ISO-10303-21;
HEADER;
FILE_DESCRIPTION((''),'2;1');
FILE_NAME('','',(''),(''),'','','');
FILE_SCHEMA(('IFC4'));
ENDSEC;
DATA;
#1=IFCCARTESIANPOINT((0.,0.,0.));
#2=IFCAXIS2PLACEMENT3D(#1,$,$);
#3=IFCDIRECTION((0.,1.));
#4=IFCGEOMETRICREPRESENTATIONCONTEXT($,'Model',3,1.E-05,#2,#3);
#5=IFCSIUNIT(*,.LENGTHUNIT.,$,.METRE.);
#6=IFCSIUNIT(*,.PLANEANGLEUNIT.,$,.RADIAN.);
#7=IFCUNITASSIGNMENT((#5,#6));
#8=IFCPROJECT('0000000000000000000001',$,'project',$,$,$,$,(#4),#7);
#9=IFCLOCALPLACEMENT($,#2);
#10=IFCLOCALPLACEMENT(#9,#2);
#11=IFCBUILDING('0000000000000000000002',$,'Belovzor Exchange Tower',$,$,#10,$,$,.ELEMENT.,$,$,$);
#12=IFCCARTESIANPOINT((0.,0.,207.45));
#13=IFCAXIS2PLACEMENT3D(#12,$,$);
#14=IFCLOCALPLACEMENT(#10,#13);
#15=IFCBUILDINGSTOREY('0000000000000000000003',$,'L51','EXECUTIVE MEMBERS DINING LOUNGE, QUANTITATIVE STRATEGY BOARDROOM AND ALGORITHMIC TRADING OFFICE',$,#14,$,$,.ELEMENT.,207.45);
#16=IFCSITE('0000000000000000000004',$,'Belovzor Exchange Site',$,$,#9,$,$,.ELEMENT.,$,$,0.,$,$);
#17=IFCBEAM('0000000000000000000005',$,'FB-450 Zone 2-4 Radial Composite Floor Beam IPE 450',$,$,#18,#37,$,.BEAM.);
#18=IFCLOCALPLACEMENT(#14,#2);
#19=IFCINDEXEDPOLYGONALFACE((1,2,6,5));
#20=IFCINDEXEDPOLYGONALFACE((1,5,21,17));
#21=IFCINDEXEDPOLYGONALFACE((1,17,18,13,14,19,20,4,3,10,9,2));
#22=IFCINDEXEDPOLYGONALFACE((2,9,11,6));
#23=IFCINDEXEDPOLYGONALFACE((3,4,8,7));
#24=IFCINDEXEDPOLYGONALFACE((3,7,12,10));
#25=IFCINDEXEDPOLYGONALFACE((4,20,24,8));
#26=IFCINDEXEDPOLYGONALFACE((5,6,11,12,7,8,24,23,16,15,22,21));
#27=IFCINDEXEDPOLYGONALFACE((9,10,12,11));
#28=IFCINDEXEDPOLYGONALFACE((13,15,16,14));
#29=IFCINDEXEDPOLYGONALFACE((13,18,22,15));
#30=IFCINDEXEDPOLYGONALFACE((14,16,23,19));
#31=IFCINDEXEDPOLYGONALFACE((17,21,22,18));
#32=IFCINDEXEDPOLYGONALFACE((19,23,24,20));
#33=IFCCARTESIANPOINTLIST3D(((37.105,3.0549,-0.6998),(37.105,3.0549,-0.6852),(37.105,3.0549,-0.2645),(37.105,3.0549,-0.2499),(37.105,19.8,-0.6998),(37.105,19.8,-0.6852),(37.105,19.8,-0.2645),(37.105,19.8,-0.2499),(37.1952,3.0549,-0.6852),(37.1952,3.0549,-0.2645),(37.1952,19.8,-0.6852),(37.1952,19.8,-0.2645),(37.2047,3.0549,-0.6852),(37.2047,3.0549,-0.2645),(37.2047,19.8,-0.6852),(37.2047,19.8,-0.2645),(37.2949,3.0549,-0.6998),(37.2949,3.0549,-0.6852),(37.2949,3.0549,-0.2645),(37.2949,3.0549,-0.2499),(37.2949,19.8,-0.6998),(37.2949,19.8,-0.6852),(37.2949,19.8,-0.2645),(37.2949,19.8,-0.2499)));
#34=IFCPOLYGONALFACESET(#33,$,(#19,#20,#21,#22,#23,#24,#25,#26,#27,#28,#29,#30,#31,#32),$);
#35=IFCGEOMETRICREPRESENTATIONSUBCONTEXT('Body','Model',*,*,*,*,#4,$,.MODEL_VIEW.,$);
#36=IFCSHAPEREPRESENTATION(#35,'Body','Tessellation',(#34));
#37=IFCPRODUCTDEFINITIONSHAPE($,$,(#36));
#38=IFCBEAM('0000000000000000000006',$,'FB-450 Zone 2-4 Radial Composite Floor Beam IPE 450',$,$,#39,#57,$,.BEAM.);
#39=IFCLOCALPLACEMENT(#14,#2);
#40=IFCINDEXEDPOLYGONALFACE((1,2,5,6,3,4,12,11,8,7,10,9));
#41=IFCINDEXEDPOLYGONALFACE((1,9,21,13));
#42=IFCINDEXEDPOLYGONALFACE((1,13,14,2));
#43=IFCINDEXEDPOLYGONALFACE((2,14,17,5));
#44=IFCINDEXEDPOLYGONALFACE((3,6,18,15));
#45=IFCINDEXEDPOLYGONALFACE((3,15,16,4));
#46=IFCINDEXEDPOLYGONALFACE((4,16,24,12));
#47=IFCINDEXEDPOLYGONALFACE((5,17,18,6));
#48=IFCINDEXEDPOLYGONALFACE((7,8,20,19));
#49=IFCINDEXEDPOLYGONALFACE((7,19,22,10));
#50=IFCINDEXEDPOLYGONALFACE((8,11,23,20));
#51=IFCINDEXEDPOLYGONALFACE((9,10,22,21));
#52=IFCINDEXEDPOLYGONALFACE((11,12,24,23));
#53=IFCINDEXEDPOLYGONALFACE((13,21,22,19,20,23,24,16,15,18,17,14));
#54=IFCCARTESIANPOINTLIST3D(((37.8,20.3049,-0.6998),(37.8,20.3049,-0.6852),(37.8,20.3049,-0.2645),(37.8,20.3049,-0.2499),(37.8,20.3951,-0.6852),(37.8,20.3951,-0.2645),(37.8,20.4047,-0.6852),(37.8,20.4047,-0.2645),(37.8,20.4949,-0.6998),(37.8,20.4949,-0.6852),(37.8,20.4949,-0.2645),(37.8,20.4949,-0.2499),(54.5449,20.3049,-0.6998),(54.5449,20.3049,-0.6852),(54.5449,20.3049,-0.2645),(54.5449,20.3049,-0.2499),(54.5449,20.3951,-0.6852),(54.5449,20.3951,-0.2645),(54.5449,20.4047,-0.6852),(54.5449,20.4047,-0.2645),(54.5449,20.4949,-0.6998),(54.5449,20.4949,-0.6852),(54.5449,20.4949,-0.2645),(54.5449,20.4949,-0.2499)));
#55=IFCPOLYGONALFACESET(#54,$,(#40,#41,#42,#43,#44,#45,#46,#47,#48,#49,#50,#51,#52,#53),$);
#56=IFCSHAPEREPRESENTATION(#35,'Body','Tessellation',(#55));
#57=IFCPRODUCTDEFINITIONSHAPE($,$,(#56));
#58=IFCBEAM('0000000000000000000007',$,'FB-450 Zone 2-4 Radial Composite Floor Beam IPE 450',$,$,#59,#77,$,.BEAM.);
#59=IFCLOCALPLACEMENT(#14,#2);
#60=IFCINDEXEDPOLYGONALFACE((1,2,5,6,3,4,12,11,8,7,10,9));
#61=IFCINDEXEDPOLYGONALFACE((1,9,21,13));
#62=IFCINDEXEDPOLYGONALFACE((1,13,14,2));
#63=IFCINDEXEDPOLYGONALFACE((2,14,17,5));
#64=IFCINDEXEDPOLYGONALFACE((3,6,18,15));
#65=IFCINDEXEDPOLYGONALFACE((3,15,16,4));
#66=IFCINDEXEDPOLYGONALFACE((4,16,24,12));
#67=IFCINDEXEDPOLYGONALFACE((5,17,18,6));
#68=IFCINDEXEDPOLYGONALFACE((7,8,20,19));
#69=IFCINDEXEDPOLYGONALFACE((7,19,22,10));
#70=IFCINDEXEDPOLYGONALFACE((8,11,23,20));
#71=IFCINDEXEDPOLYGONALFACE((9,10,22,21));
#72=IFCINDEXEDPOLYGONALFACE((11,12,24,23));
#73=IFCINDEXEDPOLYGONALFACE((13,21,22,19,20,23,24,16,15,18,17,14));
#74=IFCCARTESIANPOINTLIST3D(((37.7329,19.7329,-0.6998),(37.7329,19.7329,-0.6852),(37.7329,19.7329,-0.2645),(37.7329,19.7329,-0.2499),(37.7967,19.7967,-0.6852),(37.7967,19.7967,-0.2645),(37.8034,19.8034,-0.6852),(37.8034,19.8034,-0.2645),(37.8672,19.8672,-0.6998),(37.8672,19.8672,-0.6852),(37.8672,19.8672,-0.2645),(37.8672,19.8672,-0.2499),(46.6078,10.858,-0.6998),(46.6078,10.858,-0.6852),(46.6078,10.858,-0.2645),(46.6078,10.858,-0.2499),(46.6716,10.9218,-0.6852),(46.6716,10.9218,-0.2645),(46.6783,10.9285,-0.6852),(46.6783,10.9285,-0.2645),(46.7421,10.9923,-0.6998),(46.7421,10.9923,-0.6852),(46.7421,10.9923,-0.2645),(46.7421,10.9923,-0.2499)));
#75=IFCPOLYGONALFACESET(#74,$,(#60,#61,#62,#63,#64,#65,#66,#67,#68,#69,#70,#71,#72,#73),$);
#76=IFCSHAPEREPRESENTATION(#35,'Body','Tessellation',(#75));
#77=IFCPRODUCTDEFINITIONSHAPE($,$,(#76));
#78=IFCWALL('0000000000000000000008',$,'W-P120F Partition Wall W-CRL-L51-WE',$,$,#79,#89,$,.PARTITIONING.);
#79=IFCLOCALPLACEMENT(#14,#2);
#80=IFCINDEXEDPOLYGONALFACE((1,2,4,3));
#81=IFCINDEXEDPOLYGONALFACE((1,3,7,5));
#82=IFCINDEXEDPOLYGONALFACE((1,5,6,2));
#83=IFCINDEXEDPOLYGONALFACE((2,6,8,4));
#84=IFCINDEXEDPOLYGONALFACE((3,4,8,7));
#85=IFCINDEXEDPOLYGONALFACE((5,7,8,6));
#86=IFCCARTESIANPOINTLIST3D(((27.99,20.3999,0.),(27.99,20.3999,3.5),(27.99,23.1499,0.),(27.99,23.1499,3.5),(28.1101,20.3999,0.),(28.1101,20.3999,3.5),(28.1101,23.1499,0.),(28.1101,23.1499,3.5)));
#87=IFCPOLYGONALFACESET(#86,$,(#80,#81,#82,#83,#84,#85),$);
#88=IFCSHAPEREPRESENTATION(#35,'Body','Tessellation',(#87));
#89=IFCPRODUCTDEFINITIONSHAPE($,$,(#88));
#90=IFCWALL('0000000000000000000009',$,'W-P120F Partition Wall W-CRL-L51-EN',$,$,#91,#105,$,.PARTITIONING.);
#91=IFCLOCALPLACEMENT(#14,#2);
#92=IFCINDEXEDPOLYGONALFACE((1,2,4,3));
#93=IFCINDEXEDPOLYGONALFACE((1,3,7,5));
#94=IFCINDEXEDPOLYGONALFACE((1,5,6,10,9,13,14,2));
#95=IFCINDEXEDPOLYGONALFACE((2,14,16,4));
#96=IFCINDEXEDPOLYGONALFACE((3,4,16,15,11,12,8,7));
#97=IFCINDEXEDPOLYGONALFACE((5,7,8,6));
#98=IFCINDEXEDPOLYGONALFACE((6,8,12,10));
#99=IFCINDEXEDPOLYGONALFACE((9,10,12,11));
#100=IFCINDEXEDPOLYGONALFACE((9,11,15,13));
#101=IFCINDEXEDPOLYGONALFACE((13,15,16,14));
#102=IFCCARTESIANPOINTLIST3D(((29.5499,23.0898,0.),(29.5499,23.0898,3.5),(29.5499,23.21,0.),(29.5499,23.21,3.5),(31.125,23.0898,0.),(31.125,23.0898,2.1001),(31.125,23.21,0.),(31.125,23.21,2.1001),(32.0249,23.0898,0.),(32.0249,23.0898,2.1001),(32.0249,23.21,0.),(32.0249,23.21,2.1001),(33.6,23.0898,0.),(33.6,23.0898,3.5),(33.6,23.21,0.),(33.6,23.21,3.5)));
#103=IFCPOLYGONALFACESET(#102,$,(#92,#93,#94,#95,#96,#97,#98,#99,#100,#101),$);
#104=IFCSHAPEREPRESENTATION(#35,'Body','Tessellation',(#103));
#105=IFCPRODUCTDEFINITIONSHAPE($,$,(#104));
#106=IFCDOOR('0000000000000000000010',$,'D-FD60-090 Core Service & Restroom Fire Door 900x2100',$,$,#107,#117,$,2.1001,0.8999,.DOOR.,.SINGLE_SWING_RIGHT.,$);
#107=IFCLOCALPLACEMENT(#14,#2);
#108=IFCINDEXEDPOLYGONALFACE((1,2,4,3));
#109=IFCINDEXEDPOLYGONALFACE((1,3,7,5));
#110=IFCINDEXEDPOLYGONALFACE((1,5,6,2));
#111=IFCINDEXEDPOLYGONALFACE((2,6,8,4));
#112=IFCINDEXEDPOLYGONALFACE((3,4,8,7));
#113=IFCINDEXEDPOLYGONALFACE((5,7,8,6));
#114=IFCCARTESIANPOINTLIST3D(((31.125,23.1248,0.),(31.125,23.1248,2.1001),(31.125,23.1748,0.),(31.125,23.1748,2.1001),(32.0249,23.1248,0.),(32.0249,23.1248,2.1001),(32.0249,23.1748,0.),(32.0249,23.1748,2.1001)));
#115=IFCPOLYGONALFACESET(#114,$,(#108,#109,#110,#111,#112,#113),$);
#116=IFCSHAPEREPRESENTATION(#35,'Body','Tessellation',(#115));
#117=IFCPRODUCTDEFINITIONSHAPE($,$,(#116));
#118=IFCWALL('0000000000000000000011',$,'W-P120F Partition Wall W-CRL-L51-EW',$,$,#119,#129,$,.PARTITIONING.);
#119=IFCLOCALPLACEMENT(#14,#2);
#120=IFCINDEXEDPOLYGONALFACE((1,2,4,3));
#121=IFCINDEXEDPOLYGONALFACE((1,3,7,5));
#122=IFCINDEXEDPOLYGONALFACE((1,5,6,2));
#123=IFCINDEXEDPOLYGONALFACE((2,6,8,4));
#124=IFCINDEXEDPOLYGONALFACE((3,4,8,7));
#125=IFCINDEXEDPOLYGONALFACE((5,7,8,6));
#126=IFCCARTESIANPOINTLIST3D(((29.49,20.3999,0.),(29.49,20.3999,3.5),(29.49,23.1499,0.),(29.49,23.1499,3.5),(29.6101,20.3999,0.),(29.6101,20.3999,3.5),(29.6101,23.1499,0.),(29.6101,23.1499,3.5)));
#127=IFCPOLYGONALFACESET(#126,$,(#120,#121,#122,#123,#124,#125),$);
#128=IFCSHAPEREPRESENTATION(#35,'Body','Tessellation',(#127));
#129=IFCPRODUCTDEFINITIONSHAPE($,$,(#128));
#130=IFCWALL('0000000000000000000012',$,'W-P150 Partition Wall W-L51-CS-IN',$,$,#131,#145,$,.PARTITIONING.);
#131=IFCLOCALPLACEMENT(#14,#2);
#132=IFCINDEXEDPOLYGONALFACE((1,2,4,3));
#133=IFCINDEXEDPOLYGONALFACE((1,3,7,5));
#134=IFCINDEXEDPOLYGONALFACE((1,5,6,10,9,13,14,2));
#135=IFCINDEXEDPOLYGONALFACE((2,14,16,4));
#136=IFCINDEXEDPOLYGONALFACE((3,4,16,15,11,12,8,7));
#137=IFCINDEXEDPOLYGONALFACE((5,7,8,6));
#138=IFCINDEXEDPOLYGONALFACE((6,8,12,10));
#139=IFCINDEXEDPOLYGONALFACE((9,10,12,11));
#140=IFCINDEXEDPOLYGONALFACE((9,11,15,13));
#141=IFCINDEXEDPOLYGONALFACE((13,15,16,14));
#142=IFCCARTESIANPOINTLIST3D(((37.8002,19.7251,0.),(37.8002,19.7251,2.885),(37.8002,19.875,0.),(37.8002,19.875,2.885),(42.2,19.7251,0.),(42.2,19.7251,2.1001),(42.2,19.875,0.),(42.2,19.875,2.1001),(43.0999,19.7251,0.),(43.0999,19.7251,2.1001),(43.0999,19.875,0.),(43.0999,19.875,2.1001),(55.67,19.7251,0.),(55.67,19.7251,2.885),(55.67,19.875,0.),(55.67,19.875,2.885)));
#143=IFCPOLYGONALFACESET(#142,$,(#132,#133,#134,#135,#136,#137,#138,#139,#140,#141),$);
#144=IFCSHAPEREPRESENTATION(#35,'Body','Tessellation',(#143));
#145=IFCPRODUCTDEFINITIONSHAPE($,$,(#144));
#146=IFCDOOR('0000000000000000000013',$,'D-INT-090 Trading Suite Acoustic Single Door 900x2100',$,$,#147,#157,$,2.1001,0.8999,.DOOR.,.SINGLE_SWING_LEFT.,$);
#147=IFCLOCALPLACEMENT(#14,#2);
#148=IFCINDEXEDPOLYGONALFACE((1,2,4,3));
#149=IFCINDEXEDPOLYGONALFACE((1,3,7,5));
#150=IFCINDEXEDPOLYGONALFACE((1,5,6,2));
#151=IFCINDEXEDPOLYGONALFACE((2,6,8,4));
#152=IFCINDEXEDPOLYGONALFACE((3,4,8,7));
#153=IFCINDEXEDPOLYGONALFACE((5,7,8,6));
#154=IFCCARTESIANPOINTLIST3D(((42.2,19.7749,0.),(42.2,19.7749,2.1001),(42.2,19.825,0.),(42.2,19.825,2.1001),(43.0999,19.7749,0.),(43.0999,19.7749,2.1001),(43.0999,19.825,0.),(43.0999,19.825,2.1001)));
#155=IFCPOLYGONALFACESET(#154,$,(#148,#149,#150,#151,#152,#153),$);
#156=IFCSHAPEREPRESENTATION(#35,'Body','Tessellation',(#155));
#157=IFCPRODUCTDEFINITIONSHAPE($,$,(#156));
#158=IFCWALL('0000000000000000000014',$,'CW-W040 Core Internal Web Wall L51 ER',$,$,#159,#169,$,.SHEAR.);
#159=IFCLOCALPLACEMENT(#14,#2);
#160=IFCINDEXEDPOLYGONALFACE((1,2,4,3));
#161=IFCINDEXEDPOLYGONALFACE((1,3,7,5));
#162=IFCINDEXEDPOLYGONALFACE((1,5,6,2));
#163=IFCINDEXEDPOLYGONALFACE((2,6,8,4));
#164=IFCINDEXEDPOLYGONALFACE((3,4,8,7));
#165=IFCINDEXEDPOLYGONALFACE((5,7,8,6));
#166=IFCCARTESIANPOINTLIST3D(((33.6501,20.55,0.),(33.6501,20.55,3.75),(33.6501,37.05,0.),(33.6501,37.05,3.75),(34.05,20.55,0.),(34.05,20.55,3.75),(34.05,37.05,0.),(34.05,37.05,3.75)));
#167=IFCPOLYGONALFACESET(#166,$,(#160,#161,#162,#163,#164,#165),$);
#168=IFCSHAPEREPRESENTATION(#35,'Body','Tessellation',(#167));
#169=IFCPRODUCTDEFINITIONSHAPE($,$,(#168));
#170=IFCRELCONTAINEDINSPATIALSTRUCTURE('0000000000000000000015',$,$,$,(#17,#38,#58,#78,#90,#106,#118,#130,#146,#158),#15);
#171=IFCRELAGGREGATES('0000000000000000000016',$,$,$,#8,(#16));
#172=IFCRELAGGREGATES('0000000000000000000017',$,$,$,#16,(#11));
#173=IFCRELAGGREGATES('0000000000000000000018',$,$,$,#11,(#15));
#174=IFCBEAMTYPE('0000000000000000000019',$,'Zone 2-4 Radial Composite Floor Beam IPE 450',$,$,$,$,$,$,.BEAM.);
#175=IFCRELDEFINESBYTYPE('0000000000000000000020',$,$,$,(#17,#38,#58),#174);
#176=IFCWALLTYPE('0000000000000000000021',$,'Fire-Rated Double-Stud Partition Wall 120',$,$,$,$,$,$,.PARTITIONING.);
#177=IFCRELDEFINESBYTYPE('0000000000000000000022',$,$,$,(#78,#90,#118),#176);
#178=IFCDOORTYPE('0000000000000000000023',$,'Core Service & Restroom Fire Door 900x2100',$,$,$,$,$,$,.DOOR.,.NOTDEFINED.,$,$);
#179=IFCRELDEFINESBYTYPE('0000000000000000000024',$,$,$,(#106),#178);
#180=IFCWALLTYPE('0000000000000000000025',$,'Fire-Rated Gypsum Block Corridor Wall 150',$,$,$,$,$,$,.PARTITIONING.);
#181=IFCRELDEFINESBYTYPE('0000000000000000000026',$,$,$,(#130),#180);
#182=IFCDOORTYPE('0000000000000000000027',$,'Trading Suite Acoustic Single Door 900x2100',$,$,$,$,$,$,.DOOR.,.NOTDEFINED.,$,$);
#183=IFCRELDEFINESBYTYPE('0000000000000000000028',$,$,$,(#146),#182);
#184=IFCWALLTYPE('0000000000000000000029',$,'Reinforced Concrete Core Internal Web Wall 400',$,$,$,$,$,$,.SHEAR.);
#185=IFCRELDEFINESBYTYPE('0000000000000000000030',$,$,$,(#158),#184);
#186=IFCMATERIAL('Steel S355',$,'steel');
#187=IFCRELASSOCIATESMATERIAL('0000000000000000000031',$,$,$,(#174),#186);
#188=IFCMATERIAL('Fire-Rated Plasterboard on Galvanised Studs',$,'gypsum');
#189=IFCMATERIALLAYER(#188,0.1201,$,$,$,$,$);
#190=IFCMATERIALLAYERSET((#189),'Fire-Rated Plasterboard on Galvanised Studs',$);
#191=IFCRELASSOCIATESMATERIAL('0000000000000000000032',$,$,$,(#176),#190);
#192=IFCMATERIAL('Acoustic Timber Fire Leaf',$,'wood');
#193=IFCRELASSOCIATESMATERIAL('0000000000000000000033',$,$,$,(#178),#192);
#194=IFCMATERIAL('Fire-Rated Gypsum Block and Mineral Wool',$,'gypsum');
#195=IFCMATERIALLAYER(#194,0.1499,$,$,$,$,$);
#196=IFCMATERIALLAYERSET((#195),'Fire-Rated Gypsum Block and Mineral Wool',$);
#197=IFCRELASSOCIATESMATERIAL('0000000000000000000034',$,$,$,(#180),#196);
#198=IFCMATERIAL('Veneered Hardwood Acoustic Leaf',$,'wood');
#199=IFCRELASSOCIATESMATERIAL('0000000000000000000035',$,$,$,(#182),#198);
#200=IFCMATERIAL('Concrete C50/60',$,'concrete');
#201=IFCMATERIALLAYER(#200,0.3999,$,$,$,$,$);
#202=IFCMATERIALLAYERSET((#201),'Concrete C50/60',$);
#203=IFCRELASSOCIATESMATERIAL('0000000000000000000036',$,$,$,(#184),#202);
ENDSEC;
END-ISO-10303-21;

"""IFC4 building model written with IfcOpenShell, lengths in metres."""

from ifc_helpers import new_model, si_unit, direction, frame, frame_2d, origin, origin_2d, place, context, subcontext, project, spatial, rectangle, i_section, extrude, material, layer, layer_set, material_profile, profile_set, type_object, element, fill, save


model = new_model("IFC4")

# Units and contexts
model_context = context("Model", 3, precision=1e-05, world=origin(), true_north=direction((0.0, 1.0)))
body_context = subcontext(model_context, "Body", "Model", "MODEL_VIEW")
ifc_project = project(units=[si_unit("LENGTHUNIT", "METRE"), si_unit("PLANEANGLEUNIT", "RADIAN")], contexts=[model_context])

# Site, building, storey
site_placement = place(None, origin())
site = spatial("IfcSite", under=ifc_project, at=site_placement, Name="Belovzor Exchange Site", CompositionType="ELEMENT", RefElevation=0.0)
building_placement = place(site_placement, origin())
building = spatial("IfcBuilding", under=site, at=building_placement, Name="Belovzor Exchange Tower", CompositionType="ELEMENT")
storey_placement = place(building_placement, frame((0.0, 0.0, 207.45)))
storey = spatial("IfcBuildingStorey", under=building, at=storey_placement, Name="L51", Description="EXECUTIVE MEMBERS DINING LOUNGE, QUANTITATIVE STRATEGY BOARDROOM AND ALGORITHMIC TRADING OFFICE", CompositionType="ELEMENT", Elevation=207.45)

# Beams
ifc_material_1 = material(Name="Steel S355", Category="steel")
ifc_material_profile = material_profile(ifc_material_1, i_section(OverallWidth=0.1899, OverallDepth=0.45, WebThickness=0.0095, FlangeThickness=0.0146, at=origin_2d()))
ifc_profile_set = profile_set([ifc_material_profile], Name="Steel S355")
beam_type = type_object("IfcBeamType", Name="Zone 2-4 Radial Composite Floor Beam IPE 450", PredefinedType="BEAM", material=ifc_profile_set)
beam_1_placement = place(storey_placement, frame((37.2, 19.8, -0.4749), z_axis=(0.0, -1.0, 0.0), x_axis=(1.0, 0.0, 0.0)))
element("IfcBeam", 1, at=beam_1_placement, inside=storey, type_object=beam_type, Name="FB-450 Zone 2-4 Radial Composite Floor Beam IPE 450", PredefinedType="BEAM", context=body_context, shape_type="SweptSolid", body=[
    extrude(i_section(OverallWidth=0.1899, OverallDepth=0.45, WebThickness=0.0095, FlangeThickness=0.0146, at=origin_2d()), origin(), (0.0, 0.0, 1.0), 16.7451),
])
beam_2_placement = place(storey_placement, frame((37.8, 20.3999, -0.4749), z_axis=(1.0, 0.0, 0.0), x_axis=(0.0, 1.0, 0.0)))
element("IfcBeam", 2, at=beam_2_placement, inside=storey, type_object=beam_type, Name="FB-450 Zone 2-4 Radial Composite Floor Beam IPE 450", PredefinedType="BEAM", context=body_context, shape_type="SweptSolid", body=[
    extrude(i_section(OverallWidth=0.1899, OverallDepth=0.45, WebThickness=0.0095, FlangeThickness=0.0146, at=origin_2d()), origin(), (0.0, 0.0, 1.0), 16.7449),
])
beam_3_placement = place(storey_placement, frame((37.8, 19.8, -0.4749), z_axis=(0.707107, -0.707107, 0.0), x_axis=(0.707107, 0.707107, 0.0)))
element("IfcBeam", 3, at=beam_3_placement, inside=storey, type_object=beam_type, Name="FB-450 Zone 2-4 Radial Composite Floor Beam IPE 450", PredefinedType="BEAM", context=body_context, shape_type="SweptSolid", body=[
    extrude(i_section(OverallWidth=0.1899, OverallDepth=0.45, WebThickness=0.0095, FlangeThickness=0.0146, at=origin_2d()), origin(), (0.0, 0.0, 1.0), 12.551),
])

# Wall
ifc_material_2 = material(Name="Fire-Rated Plasterboard on Galvanised Studs", Category="gypsum")
ifc_layer_1 = layer(ifc_material_2, 0.1201)
ifc_layer_set_1 = layer_set([ifc_layer_1], Name="Fire-Rated Plasterboard on Galvanised Studs")
wall_type_1 = type_object("IfcWallType", Name="Fire-Rated Double-Stud Partition Wall 120", PredefinedType="PARTITIONING", material=ifc_layer_set_1)
wall_1_placement = place(storey_placement, frame((28.05, 20.3999, 0.0), z_axis=(0.0, 0.0, 1.0), x_axis=(0.0, 1.0, 0.0)))
element("IfcWall", 4, at=wall_1_placement, inside=storey, type_object=wall_type_1, Name="W-P120F Partition Wall W-CRL-L51-WE", PredefinedType="PARTITIONING", context=body_context, shape_type="SweptSolid", body=[
    extrude(rectangle(XDim=2.75, YDim=0.1201, at=frame_2d((1.375, 0.0))), origin(), (0.0, 0.0, 1.0), 3.5),
])

# Wall, opening, door
wall_2_placement = place(storey_placement, frame((29.55, 23.1499, 0.0), z_axis=(0.0, 0.0, 1.0), x_axis=(1.0, 0.0, 0.0)))
wall_2 = element("IfcWall", 5, at=wall_2_placement, inside=storey, type_object=wall_type_1, Name="W-P120F Partition Wall W-CRL-L51-EN", PredefinedType="PARTITIONING", context=body_context, shape_type="SweptSolid", body=[
    extrude(rectangle(XDim=4.05, YDim=0.1201, at=frame_2d((2.0249, 0.0))), origin(), (0.0, 0.0, 1.0), 3.5),
])
opening_1_placement = place(wall_2_placement, frame((1.575, 0.0, 0.0)))
opening_1 = element("IfcOpeningElement", 6, at=opening_1_placement, cuts=wall_2, PredefinedType="OPENING", context=body_context, shape_type="SweptSolid", body=[
    extrude(rectangle(XDim=0.8999, YDim=2.1001, at=frame_2d((0.45, 1.05))), frame((0.0, 0.0701, 0.0), z_axis=(0.0, -1.0, 0.0), x_axis=(1.0, 0.0, 0.0)), (0.0, 0.0, 1.0), 0.1401),
])
ifc_material_3 = material(Name="Acoustic Timber Fire Leaf", Category="wood")
door_type_1 = type_object("IfcDoorType", Name="Core Service & Restroom Fire Door 900x2100", OperationType="NOTDEFINED", PredefinedType="DOOR", material=ifc_material_3)
door_1_placement = place(opening_1_placement, origin())
door_1 = element("IfcDoor", 7, at=door_1_placement, inside=storey, type_object=door_type_1, Name="D-FD60-090 Core Service & Restroom Fire Door 900x2100", OperationType="SINGLE_SWING_RIGHT", OverallHeight=2.1001, OverallWidth=0.8999, PredefinedType="DOOR", context=body_context, shape_type="SweptSolid", body=[
    extrude(rectangle(XDim=0.8999, YDim=2.1001, at=frame_2d((0.45, 1.05))), frame((0.0, 0.0249, 0.0), z_axis=(0.0, -1.0, 0.0), x_axis=(1.0, 0.0, 0.0)), (0.0, 0.0, 1.0), 0.05),
])
fill(opening_1, door_1)

# Wall
wall_3_placement = place(storey_placement, frame((29.55, 20.3999, 0.0), z_axis=(0.0, 0.0, 1.0), x_axis=(0.0, 1.0, 0.0)))
element("IfcWall", 8, at=wall_3_placement, inside=storey, type_object=wall_type_1, Name="W-P120F Partition Wall W-CRL-L51-EW", PredefinedType="PARTITIONING", context=body_context, shape_type="SweptSolid", body=[
    extrude(rectangle(XDim=2.75, YDim=0.1201, at=frame_2d((1.375, 0.0))), origin(), (0.0, 0.0, 1.0), 3.5),
])

# Wall, opening, door
ifc_material_4 = material(Name="Fire-Rated Gypsum Block and Mineral Wool", Category="gypsum")
ifc_layer_2 = layer(ifc_material_4, 0.1499)
ifc_layer_set_2 = layer_set([ifc_layer_2], Name="Fire-Rated Gypsum Block and Mineral Wool")
wall_type_2 = type_object("IfcWallType", Name="Fire-Rated Gypsum Block Corridor Wall 150", PredefinedType="PARTITIONING", material=ifc_layer_set_2)
wall_4_placement = place(storey_placement, frame((37.8, 19.8, 0.0), z_axis=(0.0, 0.0, 1.0), x_axis=(1.0, 0.0, 0.0)))
wall_4 = element("IfcWall", 9, at=wall_4_placement, inside=storey, type_object=wall_type_2, Name="W-P150 Partition Wall W-L51-CS-IN", PredefinedType="PARTITIONING", context=body_context, shape_type="SweptSolid", body=[
    extrude(rectangle(XDim=17.8699, YDim=0.1499, at=frame_2d((8.9351, 0.0))), origin(), (0.0, 0.0, 1.0), 2.885),
])
opening_2_placement = place(wall_4_placement, frame((4.3999, 0.0, 0.0)))
opening_2 = element("IfcOpeningElement", 10, at=opening_2_placement, cuts=wall_4, PredefinedType="OPENING", context=body_context, shape_type="SweptSolid", body=[
    extrude(rectangle(XDim=0.8999, YDim=2.1001, at=frame_2d((0.45, 1.05))), frame((0.0, 0.085, 0.0), z_axis=(0.0, -1.0, 0.0), x_axis=(1.0, 0.0, 0.0)), (0.0, 0.0, 1.0), 0.1699),
])
ifc_material_5 = material(Name="Veneered Hardwood Acoustic Leaf", Category="wood")
door_type_2 = type_object("IfcDoorType", Name="Trading Suite Acoustic Single Door 900x2100", OperationType="NOTDEFINED", PredefinedType="DOOR", material=ifc_material_5)
door_2_placement = place(opening_2_placement, origin())
door_2 = element("IfcDoor", 11, at=door_2_placement, inside=storey, type_object=door_type_2, Name="D-INT-090 Trading Suite Acoustic Single Door 900x2100", OperationType="SINGLE_SWING_LEFT", OverallHeight=2.1001, OverallWidth=0.8999, PredefinedType="DOOR", context=body_context, shape_type="SweptSolid", body=[
    extrude(rectangle(XDim=0.8999, YDim=2.1001, at=frame_2d((0.45, 1.05))), frame((0.0, 0.0249, 0.0), z_axis=(0.0, -1.0, 0.0), x_axis=(1.0, 0.0, 0.0)), (0.0, 0.0, 1.0), 0.05),
])
fill(opening_2, door_2)

# Wall
ifc_material_6 = material(Name="Concrete C50/60", Category="concrete")
ifc_layer_3 = layer(ifc_material_6, 0.3999)
ifc_layer_set_3 = layer_set([ifc_layer_3], Name="Concrete C50/60")
wall_type_3 = type_object("IfcWallType", Name="Reinforced Concrete Core Internal Web Wall 400", PredefinedType="SHEAR", material=ifc_layer_set_3)
wall_5_placement = place(storey_placement, frame((33.8501, 20.55, 0.0), z_axis=(0.0, 0.0, 1.0), x_axis=(0.0, 1.0, 0.0)))
element("IfcWall", 12, at=wall_5_placement, inside=storey, type_object=wall_type_3, Name="CW-W040 Core Internal Web Wall L51 ER", PredefinedType="SHEAR", context=body_context, shape_type="SweptSolid", body=[
    extrude(rectangle(XDim=16.5, YDim=0.3999, at=frame_2d((8.25, 0.0))), origin(), (0.0, 0.0, 1.0), 3.75),
])

save(model, "model.ifc")
